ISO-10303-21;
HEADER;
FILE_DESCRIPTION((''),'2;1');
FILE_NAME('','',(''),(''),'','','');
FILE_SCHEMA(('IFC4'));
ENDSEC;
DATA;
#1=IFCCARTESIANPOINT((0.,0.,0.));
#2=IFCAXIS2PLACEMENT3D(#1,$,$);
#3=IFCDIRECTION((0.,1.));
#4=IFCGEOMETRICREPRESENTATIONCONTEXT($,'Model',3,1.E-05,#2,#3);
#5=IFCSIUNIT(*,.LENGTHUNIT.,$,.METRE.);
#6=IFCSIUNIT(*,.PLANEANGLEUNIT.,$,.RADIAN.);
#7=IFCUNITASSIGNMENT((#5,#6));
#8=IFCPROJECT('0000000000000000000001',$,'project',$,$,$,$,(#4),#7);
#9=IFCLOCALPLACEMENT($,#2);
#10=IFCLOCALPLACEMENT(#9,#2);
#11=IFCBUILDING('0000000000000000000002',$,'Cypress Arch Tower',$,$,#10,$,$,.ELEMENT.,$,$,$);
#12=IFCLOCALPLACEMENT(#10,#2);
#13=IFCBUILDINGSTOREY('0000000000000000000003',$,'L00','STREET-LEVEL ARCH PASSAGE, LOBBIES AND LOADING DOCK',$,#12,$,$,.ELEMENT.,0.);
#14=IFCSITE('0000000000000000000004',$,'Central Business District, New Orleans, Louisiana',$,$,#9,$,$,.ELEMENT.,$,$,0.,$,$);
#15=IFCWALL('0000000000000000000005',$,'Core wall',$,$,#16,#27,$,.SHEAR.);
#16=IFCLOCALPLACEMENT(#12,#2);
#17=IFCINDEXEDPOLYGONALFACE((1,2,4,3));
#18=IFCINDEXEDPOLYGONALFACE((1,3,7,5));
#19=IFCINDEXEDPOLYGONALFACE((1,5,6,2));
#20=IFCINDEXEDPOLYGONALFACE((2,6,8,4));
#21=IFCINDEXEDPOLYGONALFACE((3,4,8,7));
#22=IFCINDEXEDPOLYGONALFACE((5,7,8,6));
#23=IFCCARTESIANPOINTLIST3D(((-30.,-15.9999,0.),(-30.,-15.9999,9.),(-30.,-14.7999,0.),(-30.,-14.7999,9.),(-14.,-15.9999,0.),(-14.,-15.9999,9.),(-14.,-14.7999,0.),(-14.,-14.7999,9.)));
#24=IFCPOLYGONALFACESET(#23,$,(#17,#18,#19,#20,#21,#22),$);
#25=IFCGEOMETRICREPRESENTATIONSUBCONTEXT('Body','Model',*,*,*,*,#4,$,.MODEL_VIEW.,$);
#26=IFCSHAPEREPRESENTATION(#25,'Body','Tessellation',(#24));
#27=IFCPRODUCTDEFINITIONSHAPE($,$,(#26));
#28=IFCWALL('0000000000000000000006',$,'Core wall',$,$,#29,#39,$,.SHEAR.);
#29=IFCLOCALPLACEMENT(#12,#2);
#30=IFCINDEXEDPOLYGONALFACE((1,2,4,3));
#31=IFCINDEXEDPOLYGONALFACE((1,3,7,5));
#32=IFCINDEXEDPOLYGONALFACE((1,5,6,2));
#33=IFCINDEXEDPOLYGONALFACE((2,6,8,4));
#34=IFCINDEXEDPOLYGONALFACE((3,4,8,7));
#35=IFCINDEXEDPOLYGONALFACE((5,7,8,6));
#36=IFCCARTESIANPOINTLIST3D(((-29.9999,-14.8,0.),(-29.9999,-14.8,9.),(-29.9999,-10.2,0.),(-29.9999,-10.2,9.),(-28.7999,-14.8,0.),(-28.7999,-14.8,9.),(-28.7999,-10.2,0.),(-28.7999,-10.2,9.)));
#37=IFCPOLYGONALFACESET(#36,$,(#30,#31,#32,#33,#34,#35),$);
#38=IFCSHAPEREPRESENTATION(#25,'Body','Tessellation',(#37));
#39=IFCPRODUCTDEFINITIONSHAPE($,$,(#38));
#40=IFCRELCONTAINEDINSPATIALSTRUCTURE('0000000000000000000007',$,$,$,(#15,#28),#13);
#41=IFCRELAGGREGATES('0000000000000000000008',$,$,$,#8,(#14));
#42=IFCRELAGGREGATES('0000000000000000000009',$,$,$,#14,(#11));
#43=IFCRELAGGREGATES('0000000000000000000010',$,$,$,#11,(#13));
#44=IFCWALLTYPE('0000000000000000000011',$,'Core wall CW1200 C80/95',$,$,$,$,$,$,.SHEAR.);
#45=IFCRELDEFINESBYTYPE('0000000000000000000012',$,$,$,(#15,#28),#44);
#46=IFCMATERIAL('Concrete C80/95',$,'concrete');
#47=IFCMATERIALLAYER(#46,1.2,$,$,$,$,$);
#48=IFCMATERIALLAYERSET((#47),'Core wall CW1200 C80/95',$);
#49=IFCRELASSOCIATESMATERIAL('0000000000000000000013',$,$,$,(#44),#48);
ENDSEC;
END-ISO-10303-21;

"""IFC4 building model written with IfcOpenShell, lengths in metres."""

from ifc_helpers import new_model, si_unit, direction, frame, frame_2d, origin, place, context, subcontext, project, spatial, rectangle, extrude, material, layer, layer_set, type_object, element, save


model = new_model("IFC4")

# Units and contexts
model_context = context("Model", 3, precision=1e-05, world=origin(), true_north=direction((0.0, 1.0)))
body_context = subcontext(model_context, "Body", "Model", "MODEL_VIEW")
ifc_project = project(units=[si_unit("LENGTHUNIT", "METRE"), si_unit("PLANEANGLEUNIT", "RADIAN")], contexts=[model_context])

# Site, building, storey
site_placement = place(None, origin())
site = spatial("IfcSite", under=ifc_project, at=site_placement, Name="Central Business District, New Orleans, Louisiana", CompositionType="ELEMENT", RefElevation=0.0)
building_placement = place(site_placement, origin())
building = spatial("IfcBuilding", under=site, at=building_placement, Name="Cypress Arch Tower", CompositionType="ELEMENT")
storey_placement = place(building_placement, origin())
storey = spatial("IfcBuildingStorey", under=building, at=storey_placement, Name="L00", Description="STREET-LEVEL ARCH PASSAGE, LOBBIES AND LOADING DOCK", CompositionType="ELEMENT", Elevation=0.0)

# Walls
ifc_material_1 = material(Name="Concrete C80/95", Category="concrete")
ifc_layer_1 = layer(ifc_material_1, 1.2)
ifc_layer_set_1 = layer_set([ifc_layer_1], Name="Core wall CW1200 C80/95")
wall_type_1 = type_object("IfcWallType", Name="Core wall CW1200 C80/95", PredefinedType="SHEAR", material=ifc_layer_set_1)
wall_1_placement = place(storey_placement, frame((-30.0, -15.3999, 0.0), z_axis=(0.0, 0.0, 1.0), x_axis=(1.0, 0.0, 0.0)))
element("IfcWall", 1, at=wall_1_placement, inside=storey, type_object=wall_type_1, Name="Core wall", PredefinedType="SHEAR", context=body_context, shape_type="SweptSolid", body=[
    extrude(rectangle(XDim=16.0, YDim=1.2, at=frame_2d((8.0, 0.0))), origin(), (0.0, 0.0, 1.0), 9.0),
])
wall_2_placement = place(storey_placement, frame((-29.3999, -14.8, 0.0), z_axis=(0.0, 0.0, 1.0), x_axis=(0.0, 1.0, 0.0)))
element("IfcWall", 2, at=wall_2_placement, inside=storey, type_object=wall_type_1, Name="Core wall", PredefinedType="SHEAR", context=body_context, shape_type="SweptSolid", body=[
    extrude(rectangle(XDim=4.6001, YDim=1.2, at=frame_2d((2.3, 0.0))), origin(), (0.0, 0.0, 1.0), 9.0),
])

save(model, "model.ifc")
